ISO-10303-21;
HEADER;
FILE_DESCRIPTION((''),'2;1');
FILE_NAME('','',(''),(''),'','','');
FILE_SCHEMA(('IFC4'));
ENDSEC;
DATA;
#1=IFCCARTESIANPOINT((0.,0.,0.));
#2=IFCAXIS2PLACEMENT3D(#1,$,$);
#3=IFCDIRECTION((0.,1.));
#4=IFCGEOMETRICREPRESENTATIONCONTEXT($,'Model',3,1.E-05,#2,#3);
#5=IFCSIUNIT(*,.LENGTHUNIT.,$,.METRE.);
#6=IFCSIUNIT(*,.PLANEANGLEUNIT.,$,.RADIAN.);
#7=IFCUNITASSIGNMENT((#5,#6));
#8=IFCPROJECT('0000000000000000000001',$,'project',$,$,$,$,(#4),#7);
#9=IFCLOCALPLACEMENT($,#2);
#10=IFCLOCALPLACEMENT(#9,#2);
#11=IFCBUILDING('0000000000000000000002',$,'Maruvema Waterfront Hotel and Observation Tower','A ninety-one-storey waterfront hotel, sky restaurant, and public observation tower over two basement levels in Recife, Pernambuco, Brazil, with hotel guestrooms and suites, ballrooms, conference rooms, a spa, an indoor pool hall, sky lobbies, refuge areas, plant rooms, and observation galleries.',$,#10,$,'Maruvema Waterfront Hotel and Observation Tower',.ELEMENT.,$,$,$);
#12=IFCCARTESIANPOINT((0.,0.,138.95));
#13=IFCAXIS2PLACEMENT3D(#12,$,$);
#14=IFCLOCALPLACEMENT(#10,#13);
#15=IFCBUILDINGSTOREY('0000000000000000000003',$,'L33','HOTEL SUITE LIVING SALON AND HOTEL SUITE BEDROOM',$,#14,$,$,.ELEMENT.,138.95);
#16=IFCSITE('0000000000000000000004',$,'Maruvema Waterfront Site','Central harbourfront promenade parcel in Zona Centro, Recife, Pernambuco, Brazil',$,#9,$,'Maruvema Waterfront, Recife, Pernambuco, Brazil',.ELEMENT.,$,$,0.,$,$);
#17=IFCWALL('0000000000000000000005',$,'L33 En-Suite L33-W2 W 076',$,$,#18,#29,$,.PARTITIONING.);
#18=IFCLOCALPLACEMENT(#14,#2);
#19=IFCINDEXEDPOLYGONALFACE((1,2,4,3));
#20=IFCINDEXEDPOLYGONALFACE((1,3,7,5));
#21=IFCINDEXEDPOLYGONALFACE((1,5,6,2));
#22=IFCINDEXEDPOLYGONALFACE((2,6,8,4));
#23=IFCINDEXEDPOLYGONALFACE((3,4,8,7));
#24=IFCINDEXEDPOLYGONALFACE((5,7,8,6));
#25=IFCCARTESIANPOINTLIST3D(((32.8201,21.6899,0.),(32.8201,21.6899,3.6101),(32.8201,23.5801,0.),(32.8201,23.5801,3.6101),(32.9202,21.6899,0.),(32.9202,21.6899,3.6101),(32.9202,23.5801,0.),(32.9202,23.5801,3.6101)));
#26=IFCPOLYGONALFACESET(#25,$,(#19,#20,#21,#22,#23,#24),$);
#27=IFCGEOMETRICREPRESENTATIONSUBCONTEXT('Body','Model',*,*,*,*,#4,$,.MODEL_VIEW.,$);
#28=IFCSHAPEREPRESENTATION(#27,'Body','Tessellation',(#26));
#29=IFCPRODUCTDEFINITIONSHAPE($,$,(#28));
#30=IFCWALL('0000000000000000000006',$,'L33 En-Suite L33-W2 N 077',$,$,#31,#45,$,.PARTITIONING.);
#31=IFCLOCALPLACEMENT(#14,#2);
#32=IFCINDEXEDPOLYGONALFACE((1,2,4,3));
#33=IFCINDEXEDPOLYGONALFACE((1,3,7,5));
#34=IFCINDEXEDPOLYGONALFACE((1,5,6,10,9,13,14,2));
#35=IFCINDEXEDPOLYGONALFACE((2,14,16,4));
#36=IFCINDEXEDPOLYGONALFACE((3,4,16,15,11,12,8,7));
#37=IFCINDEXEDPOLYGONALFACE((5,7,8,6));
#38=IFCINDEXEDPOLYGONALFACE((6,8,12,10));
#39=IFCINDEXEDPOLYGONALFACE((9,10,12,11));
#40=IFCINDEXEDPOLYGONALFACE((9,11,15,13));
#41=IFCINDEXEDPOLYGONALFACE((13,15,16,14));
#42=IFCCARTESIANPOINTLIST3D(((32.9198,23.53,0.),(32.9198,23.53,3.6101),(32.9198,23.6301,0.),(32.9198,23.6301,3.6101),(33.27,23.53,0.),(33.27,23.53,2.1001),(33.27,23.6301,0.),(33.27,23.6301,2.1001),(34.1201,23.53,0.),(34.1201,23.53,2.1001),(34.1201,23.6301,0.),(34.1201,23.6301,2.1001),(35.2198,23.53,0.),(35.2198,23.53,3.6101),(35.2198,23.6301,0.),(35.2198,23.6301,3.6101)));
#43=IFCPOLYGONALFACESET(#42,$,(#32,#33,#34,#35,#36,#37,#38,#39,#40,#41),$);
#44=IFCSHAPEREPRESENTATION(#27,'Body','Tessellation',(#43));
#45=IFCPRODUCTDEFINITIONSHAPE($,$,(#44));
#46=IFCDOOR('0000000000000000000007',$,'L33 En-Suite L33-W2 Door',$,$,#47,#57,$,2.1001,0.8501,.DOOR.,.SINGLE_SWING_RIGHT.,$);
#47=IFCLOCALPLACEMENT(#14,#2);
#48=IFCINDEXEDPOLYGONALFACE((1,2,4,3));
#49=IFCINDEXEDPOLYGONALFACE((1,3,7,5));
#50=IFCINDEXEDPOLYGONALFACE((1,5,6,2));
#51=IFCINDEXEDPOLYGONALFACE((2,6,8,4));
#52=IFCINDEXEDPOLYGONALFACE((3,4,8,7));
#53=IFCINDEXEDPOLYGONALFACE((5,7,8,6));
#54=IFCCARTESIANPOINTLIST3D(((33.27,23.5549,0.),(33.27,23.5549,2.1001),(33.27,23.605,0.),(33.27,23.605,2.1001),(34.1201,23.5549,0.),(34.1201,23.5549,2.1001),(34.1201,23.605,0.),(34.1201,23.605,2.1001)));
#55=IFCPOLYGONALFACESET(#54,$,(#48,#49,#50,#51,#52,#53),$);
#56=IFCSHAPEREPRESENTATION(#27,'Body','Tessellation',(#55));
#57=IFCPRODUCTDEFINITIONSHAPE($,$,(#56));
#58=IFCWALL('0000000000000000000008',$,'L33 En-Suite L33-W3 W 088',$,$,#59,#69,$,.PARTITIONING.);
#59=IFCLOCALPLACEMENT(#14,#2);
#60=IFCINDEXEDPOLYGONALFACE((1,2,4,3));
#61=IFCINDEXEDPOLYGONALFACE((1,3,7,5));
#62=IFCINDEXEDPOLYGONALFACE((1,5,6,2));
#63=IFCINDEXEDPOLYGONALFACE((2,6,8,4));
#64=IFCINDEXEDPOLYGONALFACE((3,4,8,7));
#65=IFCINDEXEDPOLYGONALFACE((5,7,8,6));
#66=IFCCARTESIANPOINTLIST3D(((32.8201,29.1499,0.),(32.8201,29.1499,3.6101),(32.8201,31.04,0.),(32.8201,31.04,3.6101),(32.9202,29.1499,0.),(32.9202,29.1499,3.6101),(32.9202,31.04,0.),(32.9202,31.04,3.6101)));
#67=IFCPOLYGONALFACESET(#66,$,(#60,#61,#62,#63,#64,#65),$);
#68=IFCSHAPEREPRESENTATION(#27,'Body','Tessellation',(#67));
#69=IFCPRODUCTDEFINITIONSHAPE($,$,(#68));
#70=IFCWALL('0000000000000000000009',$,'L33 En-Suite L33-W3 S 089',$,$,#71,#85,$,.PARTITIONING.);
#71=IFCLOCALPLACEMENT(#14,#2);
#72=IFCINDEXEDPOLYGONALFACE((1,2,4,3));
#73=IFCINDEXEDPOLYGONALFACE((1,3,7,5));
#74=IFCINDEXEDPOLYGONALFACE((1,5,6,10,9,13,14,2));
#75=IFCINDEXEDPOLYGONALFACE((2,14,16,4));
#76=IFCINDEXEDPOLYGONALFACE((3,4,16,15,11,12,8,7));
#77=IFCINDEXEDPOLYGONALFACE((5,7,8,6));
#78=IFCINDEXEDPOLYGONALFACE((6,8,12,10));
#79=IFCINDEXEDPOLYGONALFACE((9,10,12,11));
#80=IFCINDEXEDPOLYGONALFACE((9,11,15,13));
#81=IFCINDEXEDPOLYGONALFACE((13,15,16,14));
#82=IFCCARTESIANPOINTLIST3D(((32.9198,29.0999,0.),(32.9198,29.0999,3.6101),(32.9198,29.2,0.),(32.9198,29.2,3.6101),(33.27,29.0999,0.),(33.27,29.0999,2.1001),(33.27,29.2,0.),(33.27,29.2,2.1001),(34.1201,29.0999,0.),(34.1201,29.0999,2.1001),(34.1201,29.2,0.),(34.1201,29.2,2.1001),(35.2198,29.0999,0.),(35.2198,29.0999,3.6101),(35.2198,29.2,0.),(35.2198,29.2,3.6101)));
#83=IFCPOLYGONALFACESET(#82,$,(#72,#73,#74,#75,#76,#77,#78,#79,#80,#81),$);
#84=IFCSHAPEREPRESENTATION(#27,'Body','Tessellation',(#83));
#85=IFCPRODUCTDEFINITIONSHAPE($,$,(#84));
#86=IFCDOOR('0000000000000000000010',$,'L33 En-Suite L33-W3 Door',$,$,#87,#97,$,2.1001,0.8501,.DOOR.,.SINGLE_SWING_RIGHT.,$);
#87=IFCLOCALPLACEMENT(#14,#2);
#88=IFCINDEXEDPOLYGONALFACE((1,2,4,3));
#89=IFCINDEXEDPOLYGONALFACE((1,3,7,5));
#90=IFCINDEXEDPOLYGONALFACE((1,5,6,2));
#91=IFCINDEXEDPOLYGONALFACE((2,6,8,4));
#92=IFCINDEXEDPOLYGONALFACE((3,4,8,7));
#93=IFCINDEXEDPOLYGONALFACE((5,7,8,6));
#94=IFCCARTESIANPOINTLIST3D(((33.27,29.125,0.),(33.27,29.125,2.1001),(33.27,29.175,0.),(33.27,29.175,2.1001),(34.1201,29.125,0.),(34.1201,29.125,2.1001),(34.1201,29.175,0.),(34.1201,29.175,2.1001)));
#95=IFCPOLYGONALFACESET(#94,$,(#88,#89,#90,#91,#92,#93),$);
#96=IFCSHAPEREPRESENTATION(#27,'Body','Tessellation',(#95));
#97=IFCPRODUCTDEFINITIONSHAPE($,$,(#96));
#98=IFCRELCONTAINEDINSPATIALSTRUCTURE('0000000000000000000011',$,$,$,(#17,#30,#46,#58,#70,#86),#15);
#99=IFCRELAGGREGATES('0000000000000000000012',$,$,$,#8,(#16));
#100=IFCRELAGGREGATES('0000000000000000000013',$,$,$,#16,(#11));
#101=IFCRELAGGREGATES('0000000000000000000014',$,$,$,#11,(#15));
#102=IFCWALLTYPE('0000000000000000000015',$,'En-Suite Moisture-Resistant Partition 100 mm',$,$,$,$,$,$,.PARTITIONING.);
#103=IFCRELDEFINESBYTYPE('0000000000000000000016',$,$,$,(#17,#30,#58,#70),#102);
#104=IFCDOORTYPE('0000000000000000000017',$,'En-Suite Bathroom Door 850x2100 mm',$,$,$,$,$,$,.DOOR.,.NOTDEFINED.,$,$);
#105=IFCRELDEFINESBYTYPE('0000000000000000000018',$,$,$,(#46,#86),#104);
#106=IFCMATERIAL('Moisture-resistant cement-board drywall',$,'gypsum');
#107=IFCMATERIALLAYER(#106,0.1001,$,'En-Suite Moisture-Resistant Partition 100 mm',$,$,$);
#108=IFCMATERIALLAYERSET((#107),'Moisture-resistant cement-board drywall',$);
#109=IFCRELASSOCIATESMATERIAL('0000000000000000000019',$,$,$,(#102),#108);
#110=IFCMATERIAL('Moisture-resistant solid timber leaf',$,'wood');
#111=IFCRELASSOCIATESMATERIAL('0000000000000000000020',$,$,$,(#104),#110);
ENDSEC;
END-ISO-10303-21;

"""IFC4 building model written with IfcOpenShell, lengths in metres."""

from ifc_helpers import new_model, si_unit, direction, frame, frame_2d, origin, place, context, subcontext, project, spatial, rectangle, extrude, material, layer, layer_set, type_object, element, fill, save


model = new_model("IFC4")

# Units and contexts
model_context = context("Model", 3, precision=1e-05, world=origin(), true_north=direction((0.0, 1.0)))
body_context = subcontext(model_context, "Body", "Model", "MODEL_VIEW")
ifc_project = project(units=[si_unit("LENGTHUNIT", "METRE"), si_unit("PLANEANGLEUNIT", "RADIAN")], contexts=[model_context])

# Site, building, storey
site_placement = place(None, origin())
site = spatial("IfcSite", under=ifc_project, at=site_placement, Name="Maruvema Waterfront Site", Description="Central harbourfront promenade parcel in Zona Centro, Recife, Pernambuco, Brazil", LongName="Maruvema Waterfront, Recife, Pernambuco, Brazil", CompositionType="ELEMENT", RefElevation=0.0)
building_placement = place(site_placement, origin())
building = spatial("IfcBuilding", under=site, at=building_placement, Name="Maruvema Waterfront Hotel and Observation Tower", Description="A ninety-one-storey waterfront hotel, sky restaurant, and public observation tower over two basement levels in Recife, Pernambuco, Brazil, with hotel guestrooms and suites, ballrooms, conference rooms, a spa, an indoor pool hall, sky lobbies, refuge areas, plant rooms, and observation galleries.", LongName="Maruvema Waterfront Hotel and Observation Tower", CompositionType="ELEMENT")
storey_placement = place(building_placement, frame((0.0, 0.0, 138.95)))
storey = spatial("IfcBuildingStorey", under=building, at=storey_placement, Name="L33", Description="HOTEL SUITE LIVING SALON AND HOTEL SUITE BEDROOM", CompositionType="ELEMENT", Elevation=138.95)

# Shared definitions
ifc_material_1 = material(Name="Moisture-resistant cement-board drywall", Category="gypsum")
ifc_layer_1 = layer(ifc_material_1, 0.1001, Name="En-Suite Moisture-Resistant Partition 100 mm")
ifc_layer_set_1 = layer_set([ifc_layer_1], Name="Moisture-resistant cement-board drywall")
wall_type_1 = type_object("IfcWallType", Name="En-Suite Moisture-Resistant Partition 100 mm", PredefinedType="PARTITIONING", material=ifc_layer_set_1)
ifc_material_2 = material(Name="Moisture-resistant solid timber leaf", Category="wood")
door_type_1 = type_object("IfcDoorType", Name="En-Suite Bathroom Door 850x2100 mm", OperationType="NOTDEFINED", PredefinedType="DOOR", material=ifc_material_2)

# Wall
wall_1_placement = place(storey_placement, frame((32.8701, 21.6899, 0.0), z_axis=(0.0, 0.0, 1.0), x_axis=(0.0, 1.0, 0.0)))
element("IfcWall", 1, at=wall_1_placement, inside=storey, type_object=wall_type_1, Name="L33 En-Suite L33-W2 W 076", PredefinedType="PARTITIONING", context=body_context, shape_type="SweptSolid", body=[
    extrude(rectangle(XDim=1.8901, YDim=0.1001, at=frame_2d((0.9451, 0.0))), origin(), (0.0, 0.0, 1.0), 3.6101),
])

# Wall, opening, door
wall_2_placement = place(storey_placement, frame((32.9199, 23.5801, 0.0), z_axis=(0.0, 0.0, 1.0), x_axis=(1.0, 0.0, 0.0)))
wall_2 = element("IfcWall", 2, at=wall_2_placement, inside=storey, type_object=wall_type_1, Name="L33 En-Suite L33-W2 N 077", PredefinedType="PARTITIONING", context=body_context, shape_type="SweptSolid", body=[
    extrude(rectangle(XDim=2.3, YDim=0.1001, at=frame_2d((1.1499, 0.0))), origin(), (0.0, 0.0, 1.0), 3.6101),
])
opening_1_placement = place(wall_2_placement, frame((0.3501, 0.0, 0.0)))
opening_1 = element("IfcOpeningElement", 3, at=opening_1_placement, cuts=wall_2, PredefinedType="OPENING", context=body_context, shape_type="SweptSolid", body=[
    extrude(rectangle(XDim=0.8501, YDim=2.1001, at=frame_2d((0.425, 1.05))), frame((0.0, 0.0601, 0.0), z_axis=(0.0, -1.0, 0.0), x_axis=(1.0, 0.0, 0.0)), (0.0, 0.0, 1.0), 0.1201),
])
door_1_placement = place(opening_1_placement, origin())
door_1 = element("IfcDoor", 4, at=door_1_placement, inside=storey, type_object=door_type_1, Name="L33 En-Suite L33-W2 Door", OperationType="SINGLE_SWING_RIGHT", OverallHeight=2.1001, OverallWidth=0.8501, PredefinedType="DOOR", context=body_context, shape_type="SweptSolid", body=[
    extrude(rectangle(XDim=0.8501, YDim=2.1001, at=frame_2d((0.425, 1.05))), frame((0.0, 0.0249, 0.0), z_axis=(0.0, -1.0, 0.0), x_axis=(1.0, 0.0, 0.0)), (0.0, 0.0, 1.0), 0.05),
])
fill(opening_1, door_1)

# Wall
wall_3_placement = place(storey_placement, frame((32.8701, 29.1499, 0.0), z_axis=(0.0, 0.0, 1.0), x_axis=(0.0, 1.0, 0.0)))
element("IfcWall", 5, at=wall_3_placement, inside=storey, type_object=wall_type_1, Name="L33 En-Suite L33-W3 W 088", PredefinedType="PARTITIONING", context=body_context, shape_type="SweptSolid", body=[
    extrude(rectangle(XDim=1.8901, YDim=0.1001, at=frame_2d((0.9451, 0.0))), origin(), (0.0, 0.0, 1.0), 3.6101),
])

# Wall, opening, door
wall_4_placement = place(storey_placement, frame((32.9199, 29.1499, 0.0), z_axis=(0.0, 0.0, 1.0), x_axis=(1.0, 0.0, 0.0)))
wall_4 = element("IfcWall", 6, at=wall_4_placement, inside=storey, type_object=wall_type_1, Name="L33 En-Suite L33-W3 S 089", PredefinedType="PARTITIONING", context=body_context, shape_type="SweptSolid", body=[
    extrude(rectangle(XDim=2.3, YDim=0.1001, at=frame_2d((1.1499, 0.0))), origin(), (0.0, 0.0, 1.0), 3.6101),
])
opening_2_placement = place(wall_4_placement, frame((0.3501, 0.0, 0.0)))
opening_2 = element("IfcOpeningElement", 7, at=opening_2_placement, cuts=wall_4, PredefinedType="OPENING", context=body_context, shape_type="SweptSolid", body=[
    extrude(rectangle(XDim=0.8501, YDim=2.1001, at=frame_2d((0.425, 1.05))), frame((0.0, 0.0601, 0.0), z_axis=(0.0, -1.0, 0.0), x_axis=(1.0, 0.0, 0.0)), (0.0, 0.0, 1.0), 0.1201),
])
door_2_placement = place(opening_2_placement, frame((0.8501, 0.0, 0.0), z_axis=(0.0, 0.0, 1.0), x_axis=(-1.0, 0.0, 0.0)))
door_2 = element("IfcDoor", 8, at=door_2_placement, inside=storey, type_object=door_type_1, Name="L33 En-Suite L33-W3 Door", OperationType="SINGLE_SWING_RIGHT", OverallHeight=2.1001, OverallWidth=0.8501, PredefinedType="DOOR", context=body_context, shape_type="SweptSolid", body=[
    extrude(rectangle(XDim=0.8501, YDim=2.1001, at=frame_2d((0.425, 1.05))), frame((0.0, 0.0249, 0.0), z_axis=(0.0, -1.0, 0.0), x_axis=(1.0, 0.0, 0.0)), (0.0, 0.0, 1.0), 0.05),
])
fill(opening_2, door_2)

save(model, "model.ifc")
